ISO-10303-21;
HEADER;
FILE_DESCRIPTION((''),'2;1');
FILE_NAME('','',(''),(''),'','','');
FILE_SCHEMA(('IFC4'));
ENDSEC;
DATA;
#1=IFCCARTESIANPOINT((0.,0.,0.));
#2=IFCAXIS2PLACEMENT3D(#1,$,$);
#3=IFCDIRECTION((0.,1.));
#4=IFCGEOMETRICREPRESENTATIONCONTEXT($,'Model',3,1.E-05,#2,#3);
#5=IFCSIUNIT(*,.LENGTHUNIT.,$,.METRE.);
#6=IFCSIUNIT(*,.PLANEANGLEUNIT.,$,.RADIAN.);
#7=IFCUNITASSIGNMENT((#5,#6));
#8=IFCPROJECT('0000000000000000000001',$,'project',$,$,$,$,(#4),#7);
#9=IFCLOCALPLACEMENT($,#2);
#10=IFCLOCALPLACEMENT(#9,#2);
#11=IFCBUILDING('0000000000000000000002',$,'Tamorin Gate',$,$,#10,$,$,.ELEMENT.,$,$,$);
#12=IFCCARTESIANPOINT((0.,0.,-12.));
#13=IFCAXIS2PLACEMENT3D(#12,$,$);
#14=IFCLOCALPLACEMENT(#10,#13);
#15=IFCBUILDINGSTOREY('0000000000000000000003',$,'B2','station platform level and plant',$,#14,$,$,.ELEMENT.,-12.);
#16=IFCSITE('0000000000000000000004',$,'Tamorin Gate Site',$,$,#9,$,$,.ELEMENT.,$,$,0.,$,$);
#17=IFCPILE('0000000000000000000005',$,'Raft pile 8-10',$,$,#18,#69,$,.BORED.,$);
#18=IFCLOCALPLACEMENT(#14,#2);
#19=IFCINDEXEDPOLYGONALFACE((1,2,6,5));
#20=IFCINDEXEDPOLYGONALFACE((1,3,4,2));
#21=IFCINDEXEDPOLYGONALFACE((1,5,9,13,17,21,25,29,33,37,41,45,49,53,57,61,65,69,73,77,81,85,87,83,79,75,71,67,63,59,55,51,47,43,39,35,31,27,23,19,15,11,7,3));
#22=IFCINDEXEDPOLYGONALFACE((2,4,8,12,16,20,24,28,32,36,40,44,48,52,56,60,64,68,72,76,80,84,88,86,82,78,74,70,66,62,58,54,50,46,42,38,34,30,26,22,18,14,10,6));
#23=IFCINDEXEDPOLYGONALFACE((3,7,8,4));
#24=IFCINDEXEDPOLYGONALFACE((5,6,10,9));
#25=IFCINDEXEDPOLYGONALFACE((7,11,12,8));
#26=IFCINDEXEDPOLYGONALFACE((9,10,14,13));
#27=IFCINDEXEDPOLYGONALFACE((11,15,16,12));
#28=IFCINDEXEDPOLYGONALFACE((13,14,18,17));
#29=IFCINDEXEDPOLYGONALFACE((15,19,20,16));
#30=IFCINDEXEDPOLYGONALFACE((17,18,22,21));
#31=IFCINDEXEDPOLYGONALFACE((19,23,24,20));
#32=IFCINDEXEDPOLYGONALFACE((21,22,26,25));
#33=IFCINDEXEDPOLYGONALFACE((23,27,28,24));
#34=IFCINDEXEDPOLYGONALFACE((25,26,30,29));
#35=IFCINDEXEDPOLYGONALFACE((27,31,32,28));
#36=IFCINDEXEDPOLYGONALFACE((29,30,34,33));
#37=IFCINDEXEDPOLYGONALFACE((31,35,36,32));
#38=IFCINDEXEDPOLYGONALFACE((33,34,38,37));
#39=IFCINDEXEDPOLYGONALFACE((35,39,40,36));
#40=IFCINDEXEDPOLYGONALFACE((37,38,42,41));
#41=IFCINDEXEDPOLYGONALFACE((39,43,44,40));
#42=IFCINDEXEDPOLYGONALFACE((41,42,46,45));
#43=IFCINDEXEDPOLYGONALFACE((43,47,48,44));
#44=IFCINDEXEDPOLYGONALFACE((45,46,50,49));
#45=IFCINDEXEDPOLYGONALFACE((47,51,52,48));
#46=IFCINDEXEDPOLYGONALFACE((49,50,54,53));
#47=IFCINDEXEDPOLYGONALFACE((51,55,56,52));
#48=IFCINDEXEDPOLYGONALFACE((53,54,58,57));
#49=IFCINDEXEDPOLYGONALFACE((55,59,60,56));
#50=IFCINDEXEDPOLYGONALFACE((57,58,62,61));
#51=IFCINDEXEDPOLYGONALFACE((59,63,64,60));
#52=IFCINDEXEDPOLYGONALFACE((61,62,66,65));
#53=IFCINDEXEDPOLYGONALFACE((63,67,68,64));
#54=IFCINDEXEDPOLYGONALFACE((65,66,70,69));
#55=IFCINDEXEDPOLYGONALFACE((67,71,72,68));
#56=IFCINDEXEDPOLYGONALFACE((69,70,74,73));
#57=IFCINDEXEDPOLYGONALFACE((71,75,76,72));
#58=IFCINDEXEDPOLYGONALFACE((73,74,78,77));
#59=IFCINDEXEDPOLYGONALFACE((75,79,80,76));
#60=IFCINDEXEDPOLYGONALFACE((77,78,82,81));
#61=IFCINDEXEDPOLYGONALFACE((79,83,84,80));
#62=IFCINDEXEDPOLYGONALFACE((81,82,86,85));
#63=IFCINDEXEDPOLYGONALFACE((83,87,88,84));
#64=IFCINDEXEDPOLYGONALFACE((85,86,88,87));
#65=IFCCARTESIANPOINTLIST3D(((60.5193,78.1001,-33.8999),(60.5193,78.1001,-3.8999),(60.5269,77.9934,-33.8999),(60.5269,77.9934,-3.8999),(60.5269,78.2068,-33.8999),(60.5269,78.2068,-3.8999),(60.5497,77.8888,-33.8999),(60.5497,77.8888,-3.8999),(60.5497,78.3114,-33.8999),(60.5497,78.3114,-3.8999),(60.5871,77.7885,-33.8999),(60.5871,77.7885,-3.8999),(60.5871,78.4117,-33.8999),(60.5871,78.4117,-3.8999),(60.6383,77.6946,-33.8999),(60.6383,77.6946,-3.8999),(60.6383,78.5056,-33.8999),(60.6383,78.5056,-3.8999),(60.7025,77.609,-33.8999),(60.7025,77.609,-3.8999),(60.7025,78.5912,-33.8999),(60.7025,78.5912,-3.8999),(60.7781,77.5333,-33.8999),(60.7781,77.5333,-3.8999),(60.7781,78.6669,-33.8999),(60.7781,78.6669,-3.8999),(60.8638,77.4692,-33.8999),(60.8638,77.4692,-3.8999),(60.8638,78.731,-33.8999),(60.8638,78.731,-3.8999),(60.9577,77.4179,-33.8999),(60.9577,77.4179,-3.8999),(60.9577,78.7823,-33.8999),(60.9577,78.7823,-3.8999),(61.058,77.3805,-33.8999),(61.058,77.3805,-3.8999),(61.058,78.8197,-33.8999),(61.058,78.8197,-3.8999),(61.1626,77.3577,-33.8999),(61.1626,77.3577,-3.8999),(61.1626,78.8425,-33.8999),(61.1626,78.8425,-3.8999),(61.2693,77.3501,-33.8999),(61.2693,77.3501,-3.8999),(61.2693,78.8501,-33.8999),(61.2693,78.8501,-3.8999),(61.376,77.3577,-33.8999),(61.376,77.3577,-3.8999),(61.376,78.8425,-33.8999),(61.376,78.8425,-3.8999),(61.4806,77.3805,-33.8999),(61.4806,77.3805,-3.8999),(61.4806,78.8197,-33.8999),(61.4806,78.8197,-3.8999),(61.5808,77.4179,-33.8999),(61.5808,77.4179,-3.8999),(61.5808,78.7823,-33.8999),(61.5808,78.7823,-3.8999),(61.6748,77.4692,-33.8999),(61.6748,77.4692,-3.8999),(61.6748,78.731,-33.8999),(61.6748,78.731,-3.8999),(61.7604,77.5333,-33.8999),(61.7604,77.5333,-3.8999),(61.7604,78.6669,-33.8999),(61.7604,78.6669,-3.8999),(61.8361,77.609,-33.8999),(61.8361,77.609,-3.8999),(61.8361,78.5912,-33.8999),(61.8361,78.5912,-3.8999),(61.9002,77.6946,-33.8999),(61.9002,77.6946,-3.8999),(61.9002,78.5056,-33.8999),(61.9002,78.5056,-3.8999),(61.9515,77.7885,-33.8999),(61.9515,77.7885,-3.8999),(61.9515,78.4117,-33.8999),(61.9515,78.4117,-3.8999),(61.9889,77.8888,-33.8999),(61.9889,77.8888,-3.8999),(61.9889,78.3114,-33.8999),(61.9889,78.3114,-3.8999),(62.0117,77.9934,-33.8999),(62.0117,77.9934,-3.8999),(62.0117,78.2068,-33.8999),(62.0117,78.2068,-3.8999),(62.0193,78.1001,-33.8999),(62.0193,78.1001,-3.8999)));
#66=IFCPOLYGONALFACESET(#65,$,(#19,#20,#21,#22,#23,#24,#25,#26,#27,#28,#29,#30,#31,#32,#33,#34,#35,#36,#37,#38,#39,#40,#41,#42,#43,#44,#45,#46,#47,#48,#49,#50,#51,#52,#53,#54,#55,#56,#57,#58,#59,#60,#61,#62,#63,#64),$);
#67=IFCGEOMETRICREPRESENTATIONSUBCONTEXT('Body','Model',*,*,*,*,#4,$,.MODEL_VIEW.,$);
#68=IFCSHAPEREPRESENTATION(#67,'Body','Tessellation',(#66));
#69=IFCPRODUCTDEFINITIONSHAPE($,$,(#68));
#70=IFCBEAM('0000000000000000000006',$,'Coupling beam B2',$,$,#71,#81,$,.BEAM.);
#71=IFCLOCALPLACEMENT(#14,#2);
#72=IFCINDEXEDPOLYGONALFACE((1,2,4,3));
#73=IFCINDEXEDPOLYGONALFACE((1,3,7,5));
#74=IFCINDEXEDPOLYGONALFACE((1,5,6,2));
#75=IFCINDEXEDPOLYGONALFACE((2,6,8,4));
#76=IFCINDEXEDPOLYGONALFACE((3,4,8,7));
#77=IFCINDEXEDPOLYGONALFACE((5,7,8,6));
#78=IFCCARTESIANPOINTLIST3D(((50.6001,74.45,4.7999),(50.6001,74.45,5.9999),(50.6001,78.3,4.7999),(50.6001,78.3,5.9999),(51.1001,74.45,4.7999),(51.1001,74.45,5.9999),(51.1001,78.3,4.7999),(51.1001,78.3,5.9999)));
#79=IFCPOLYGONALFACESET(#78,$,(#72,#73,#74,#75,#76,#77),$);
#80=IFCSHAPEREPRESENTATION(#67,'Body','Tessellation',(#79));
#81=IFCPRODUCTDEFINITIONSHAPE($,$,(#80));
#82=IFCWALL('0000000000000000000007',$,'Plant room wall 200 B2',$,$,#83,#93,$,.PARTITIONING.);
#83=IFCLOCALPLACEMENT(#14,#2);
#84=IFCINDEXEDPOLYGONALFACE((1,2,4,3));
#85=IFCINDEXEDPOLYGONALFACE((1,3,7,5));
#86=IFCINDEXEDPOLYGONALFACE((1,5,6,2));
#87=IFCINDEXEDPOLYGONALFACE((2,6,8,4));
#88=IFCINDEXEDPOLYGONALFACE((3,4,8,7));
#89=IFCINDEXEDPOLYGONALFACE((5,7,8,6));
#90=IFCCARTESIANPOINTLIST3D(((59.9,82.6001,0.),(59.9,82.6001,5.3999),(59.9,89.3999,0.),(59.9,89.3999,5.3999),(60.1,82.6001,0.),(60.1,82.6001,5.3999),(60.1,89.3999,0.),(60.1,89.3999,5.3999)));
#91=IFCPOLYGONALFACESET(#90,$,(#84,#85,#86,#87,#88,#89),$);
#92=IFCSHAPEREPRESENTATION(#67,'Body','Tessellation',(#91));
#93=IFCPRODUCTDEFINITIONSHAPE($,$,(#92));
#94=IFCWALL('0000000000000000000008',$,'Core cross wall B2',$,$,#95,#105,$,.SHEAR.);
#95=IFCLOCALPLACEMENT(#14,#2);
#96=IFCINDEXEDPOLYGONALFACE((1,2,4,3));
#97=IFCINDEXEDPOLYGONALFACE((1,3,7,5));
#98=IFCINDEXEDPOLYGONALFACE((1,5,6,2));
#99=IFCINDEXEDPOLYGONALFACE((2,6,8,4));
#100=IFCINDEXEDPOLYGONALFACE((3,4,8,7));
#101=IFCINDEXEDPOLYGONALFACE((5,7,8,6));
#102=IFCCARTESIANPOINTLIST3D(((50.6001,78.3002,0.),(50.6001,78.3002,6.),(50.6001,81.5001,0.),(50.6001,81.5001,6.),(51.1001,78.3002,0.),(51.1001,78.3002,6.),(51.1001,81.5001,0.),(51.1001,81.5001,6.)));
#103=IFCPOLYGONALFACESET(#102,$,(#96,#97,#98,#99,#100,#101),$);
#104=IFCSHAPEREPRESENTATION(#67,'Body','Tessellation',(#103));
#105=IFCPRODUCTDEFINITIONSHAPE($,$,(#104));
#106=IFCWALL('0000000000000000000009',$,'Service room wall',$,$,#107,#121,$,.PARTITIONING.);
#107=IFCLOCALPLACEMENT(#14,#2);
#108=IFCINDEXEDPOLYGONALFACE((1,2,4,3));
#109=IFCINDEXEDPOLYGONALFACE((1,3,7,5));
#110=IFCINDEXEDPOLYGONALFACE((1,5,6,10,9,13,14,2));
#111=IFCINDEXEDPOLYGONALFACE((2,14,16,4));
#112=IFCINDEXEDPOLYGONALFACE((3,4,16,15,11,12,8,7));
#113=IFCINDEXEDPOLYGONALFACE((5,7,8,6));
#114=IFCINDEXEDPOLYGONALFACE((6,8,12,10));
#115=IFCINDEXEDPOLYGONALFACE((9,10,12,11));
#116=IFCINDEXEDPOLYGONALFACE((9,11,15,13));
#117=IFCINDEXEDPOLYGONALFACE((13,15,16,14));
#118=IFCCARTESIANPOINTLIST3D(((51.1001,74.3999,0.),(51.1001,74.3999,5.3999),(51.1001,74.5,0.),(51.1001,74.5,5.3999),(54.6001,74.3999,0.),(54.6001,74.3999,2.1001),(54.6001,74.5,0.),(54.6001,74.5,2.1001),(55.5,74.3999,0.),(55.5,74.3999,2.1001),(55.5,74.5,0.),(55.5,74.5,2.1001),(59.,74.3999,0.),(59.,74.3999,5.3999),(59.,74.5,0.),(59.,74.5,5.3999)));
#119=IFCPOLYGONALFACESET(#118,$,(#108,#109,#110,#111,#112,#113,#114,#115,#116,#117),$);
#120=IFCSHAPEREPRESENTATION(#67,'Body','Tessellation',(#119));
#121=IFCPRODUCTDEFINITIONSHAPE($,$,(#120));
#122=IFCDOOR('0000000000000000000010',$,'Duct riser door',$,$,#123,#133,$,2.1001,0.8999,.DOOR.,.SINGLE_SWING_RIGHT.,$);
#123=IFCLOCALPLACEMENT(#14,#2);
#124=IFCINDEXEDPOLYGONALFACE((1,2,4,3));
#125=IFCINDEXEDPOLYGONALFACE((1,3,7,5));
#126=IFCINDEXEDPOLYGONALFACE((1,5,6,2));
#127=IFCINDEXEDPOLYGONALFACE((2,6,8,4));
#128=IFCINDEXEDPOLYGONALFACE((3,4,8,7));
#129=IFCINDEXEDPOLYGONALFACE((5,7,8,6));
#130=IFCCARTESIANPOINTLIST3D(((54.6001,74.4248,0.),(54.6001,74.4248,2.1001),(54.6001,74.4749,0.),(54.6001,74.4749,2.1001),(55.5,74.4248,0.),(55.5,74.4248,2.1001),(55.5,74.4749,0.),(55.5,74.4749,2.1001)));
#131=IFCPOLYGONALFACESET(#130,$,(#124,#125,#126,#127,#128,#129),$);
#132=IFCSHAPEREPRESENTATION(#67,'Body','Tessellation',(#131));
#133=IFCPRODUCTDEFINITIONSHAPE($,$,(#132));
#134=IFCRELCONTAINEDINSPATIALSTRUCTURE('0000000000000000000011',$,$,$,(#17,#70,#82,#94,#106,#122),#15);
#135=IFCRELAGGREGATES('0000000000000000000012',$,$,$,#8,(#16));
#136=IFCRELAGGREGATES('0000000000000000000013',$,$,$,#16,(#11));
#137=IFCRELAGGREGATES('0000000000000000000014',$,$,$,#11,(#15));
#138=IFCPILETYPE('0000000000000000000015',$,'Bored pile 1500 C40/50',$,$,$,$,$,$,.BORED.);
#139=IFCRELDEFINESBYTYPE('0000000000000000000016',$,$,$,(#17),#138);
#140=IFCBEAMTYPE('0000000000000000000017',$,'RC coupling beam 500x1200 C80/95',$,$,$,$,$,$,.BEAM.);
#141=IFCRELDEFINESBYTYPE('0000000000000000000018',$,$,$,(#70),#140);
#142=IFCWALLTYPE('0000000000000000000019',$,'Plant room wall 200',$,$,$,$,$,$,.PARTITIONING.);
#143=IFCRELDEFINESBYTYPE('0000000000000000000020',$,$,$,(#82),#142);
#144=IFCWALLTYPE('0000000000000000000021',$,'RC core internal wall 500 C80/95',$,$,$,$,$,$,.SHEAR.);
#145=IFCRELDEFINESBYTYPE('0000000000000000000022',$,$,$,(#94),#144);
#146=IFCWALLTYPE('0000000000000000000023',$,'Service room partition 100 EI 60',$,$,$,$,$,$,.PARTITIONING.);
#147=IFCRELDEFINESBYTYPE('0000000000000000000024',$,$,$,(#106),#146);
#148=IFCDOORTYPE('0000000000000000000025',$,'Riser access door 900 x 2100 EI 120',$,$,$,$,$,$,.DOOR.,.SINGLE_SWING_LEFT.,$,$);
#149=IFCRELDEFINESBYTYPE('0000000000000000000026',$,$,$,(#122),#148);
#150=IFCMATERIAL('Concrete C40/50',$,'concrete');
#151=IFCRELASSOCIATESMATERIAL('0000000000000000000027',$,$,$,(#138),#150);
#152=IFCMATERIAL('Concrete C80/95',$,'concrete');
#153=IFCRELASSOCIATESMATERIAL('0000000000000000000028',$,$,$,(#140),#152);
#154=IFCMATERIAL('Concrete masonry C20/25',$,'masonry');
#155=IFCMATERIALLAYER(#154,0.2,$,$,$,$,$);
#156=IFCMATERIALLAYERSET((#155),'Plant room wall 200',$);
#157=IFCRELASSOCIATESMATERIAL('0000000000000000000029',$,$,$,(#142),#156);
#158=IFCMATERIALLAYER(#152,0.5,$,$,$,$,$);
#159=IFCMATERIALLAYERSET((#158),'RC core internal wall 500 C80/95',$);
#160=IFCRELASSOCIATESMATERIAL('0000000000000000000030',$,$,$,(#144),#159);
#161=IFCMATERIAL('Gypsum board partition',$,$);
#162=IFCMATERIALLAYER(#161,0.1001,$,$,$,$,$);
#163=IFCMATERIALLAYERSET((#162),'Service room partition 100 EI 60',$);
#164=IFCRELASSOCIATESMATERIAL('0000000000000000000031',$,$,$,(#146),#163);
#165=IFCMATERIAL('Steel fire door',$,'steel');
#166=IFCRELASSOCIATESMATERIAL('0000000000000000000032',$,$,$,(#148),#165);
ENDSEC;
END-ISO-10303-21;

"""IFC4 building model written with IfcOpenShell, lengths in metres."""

from ifc_helpers import new_model, si_unit, direction, frame, frame_2d, origin, origin_2d, place, context, subcontext, project, spatial, rectangle, circle, extrude, material, layer, layer_set, material_profile, profile_set, type_object, element, fill, save


model = new_model("IFC4")

# Units and contexts
model_context = context("Model", 3, precision=1e-05, world=origin(), true_north=direction((0.0, 1.0)))
body_context = subcontext(model_context, "Body", "Model", "MODEL_VIEW")
ifc_project = project(units=[si_unit("LENGTHUNIT", "METRE"), si_unit("PLANEANGLEUNIT", "RADIAN")], contexts=[model_context])

# Site, building, storey
site_placement = place(None, origin())
site = spatial("IfcSite", under=ifc_project, at=site_placement, Name="Tamorin Gate Site", CompositionType="ELEMENT", RefElevation=0.0)
building_placement = place(site_placement, origin())
building = spatial("IfcBuilding", under=site, at=building_placement, Name="Tamorin Gate", CompositionType="ELEMENT")
storey_placement = place(building_placement, frame((0.0, 0.0, -12.0)))
storey = spatial("IfcBuildingStorey", under=building, at=storey_placement, Name="B2", Description="station platform level and plant", CompositionType="ELEMENT", Elevation=-12.0)

# Pile
ifc_material_1 = material(Name="Concrete C40/50", Category="concrete")
ifc_material_profile_1 = material_profile(ifc_material_1, circle(Radius=0.75, at=origin_2d()))
ifc_profile_set_1 = profile_set([ifc_material_profile_1], Name="Concrete C40/50")
pile_type = type_object("IfcPileType", Name="Bored pile 1500 C40/50", PredefinedType="BORED", material=ifc_profile_set_1)
for number, where, z_axis, x_axis, name in (
    (1, (61.2693, 78.1001, -3.8999), (0.0, 0.0, -1.0), (1.0, 0.0, 0.0), "Raft pile 8-10"),
):
    element("IfcPile", number, at=place(storey_placement, frame(where, z_axis=z_axis, x_axis=x_axis)), inside=storey, type_object=pile_type, Name=name, PredefinedType="BORED", context=body_context, shape_type="SweptSolid", body=[
        extrude(circle(Radius=0.75, at=origin_2d()), origin(), (0.0, 0.0, 1.0), 30.0),
    ])

# Beam
ifc_material_2 = material(Name="Concrete C80/95", Category="concrete")
ifc_material_profile_2 = material_profile(ifc_material_2, rectangle(XDim=0.5, YDim=1.2, at=origin_2d()), Name="RC 500x1200")
ifc_profile_set_2 = profile_set([ifc_material_profile_2], Name="Concrete C80/95")
beam_type = type_object("IfcBeamType", Name="RC coupling beam 500x1200 C80/95", PredefinedType="BEAM", material=ifc_profile_set_2)
beam_placement = place(storey_placement, frame((50.8501, 74.45, 5.3999), z_axis=(0.0, 1.0, 0.0), x_axis=(-1.0, 0.0, 0.0)))
element("IfcBeam", 2, at=beam_placement, inside=storey, type_object=beam_type, Name="Coupling beam B2", PredefinedType="BEAM", context=body_context, shape_type="SweptSolid", body=[
    extrude(rectangle(XDim=0.5, YDim=1.2, at=origin_2d()), origin(), (0.0, 0.0, 1.0), 3.8501),
])

# Walls
ifc_material_3 = material(Name="Concrete masonry C20/25", Category="masonry")
ifc_layer_1 = layer(ifc_material_3, 0.2)
ifc_layer_set_1 = layer_set([ifc_layer_1], Name="Plant room wall 200")
wall_type_1 = type_object("IfcWallType", Name="Plant room wall 200", PredefinedType="PARTITIONING", material=ifc_layer_set_1)
wall_1_placement = place(storey_placement, frame((60.0, 82.6001, 0.0), z_axis=(0.0, 0.0, 1.0), x_axis=(0.0, 1.0, 0.0)))
element("IfcWall", 3, at=wall_1_placement, inside=storey, type_object=wall_type_1, Name="Plant room wall 200 B2", PredefinedType="PARTITIONING", context=body_context, shape_type="SweptSolid", body=[
    extrude(rectangle(XDim=6.7998, YDim=0.2, at=frame_2d((3.3999, 0.0))), origin(), (0.0, 0.0, 1.0), 5.3999),
])
ifc_layer_2 = layer(ifc_material_2, 0.5)
ifc_layer_set_2 = layer_set([ifc_layer_2], Name="RC core internal wall 500 C80/95")
wall_type_2 = type_object("IfcWallType", Name="RC core internal wall 500 C80/95", PredefinedType="SHEAR", material=ifc_layer_set_2)
wall_2_placement = place(storey_placement, frame((50.8501, 78.3, 0.0), z_axis=(0.0, 0.0, 1.0), x_axis=(0.0, 1.0, 0.0)))
element("IfcWall", 4, at=wall_2_placement, inside=storey, type_object=wall_type_2, Name="Core cross wall B2", PredefinedType="SHEAR", context=body_context, shape_type="SweptSolid", body=[
    extrude(rectangle(XDim=3.2, YDim=0.5, at=frame_2d((1.6001, 0.0))), origin(), (0.0, 0.0, 1.0), 6.0),
])

# Wall, opening, door
ifc_material_4 = material(Name="Gypsum board partition")
ifc_layer_3 = layer(ifc_material_4, 0.1001)
ifc_layer_set_3 = layer_set([ifc_layer_3], Name="Service room partition 100 EI 60")
wall_type_3 = type_object("IfcWallType", Name="Service room partition 100 EI 60", PredefinedType="PARTITIONING", material=ifc_layer_set_3)
wall_3_placement = place(storey_placement, frame((51.1001, 74.45, 0.0), z_axis=(0.0, 0.0, 1.0), x_axis=(1.0, 0.0, 0.0)))
wall_3 = element("IfcWall", 5, at=wall_3_placement, inside=storey, type_object=wall_type_3, Name="Service room wall", PredefinedType="PARTITIONING", context=body_context, shape_type="SweptSolid", body=[
    extrude(rectangle(XDim=7.8999, YDim=0.1001, at=frame_2d((3.95, 0.0))), origin(), (0.0, 0.0, 1.0), 5.3999),
])
opening_1_placement = place(wall_3_placement, frame((3.5, 0.0, 0.0)))
opening_1 = element("IfcOpeningElement", 6, at=opening_1_placement, cuts=wall_3, PredefinedType="OPENING", context=body_context, shape_type="SweptSolid", body=[
    extrude(rectangle(XDim=0.8999, YDim=2.1001, at=frame_2d((0.45, 1.05))), frame((0.0, 0.0601, 0.0), z_axis=(0.0, -1.0, 0.0), x_axis=(1.0, 0.0, 0.0)), (0.0, 0.0, 1.0), 0.1201),
])
ifc_material_5 = material(Name="Steel fire door", Category="steel")
door_type_1 = type_object("IfcDoorType", Name="Riser access door 900 x 2100 EI 120", OperationType="SINGLE_SWING_LEFT", PredefinedType="DOOR", material=ifc_material_5)
door_1_placement = place(opening_1_placement, origin())
door_1 = element("IfcDoor", 7, at=door_1_placement, inside=storey, type_object=door_type_1, Name="Duct riser door", OperationType="SINGLE_SWING_RIGHT", OverallHeight=2.1001, OverallWidth=0.8999, PredefinedType="DOOR", context=body_context, shape_type="SweptSolid", body=[
    extrude(rectangle(XDim=0.8999, YDim=2.1001, at=frame_2d((0.45, 1.05))), frame((0.0, 0.0249, 0.0), z_axis=(0.0, -1.0, 0.0), x_axis=(1.0, 0.0, 0.0)), (0.0, 0.0, 1.0), 0.05),
])
fill(opening_1, door_1)

save(model, "model.ifc")
